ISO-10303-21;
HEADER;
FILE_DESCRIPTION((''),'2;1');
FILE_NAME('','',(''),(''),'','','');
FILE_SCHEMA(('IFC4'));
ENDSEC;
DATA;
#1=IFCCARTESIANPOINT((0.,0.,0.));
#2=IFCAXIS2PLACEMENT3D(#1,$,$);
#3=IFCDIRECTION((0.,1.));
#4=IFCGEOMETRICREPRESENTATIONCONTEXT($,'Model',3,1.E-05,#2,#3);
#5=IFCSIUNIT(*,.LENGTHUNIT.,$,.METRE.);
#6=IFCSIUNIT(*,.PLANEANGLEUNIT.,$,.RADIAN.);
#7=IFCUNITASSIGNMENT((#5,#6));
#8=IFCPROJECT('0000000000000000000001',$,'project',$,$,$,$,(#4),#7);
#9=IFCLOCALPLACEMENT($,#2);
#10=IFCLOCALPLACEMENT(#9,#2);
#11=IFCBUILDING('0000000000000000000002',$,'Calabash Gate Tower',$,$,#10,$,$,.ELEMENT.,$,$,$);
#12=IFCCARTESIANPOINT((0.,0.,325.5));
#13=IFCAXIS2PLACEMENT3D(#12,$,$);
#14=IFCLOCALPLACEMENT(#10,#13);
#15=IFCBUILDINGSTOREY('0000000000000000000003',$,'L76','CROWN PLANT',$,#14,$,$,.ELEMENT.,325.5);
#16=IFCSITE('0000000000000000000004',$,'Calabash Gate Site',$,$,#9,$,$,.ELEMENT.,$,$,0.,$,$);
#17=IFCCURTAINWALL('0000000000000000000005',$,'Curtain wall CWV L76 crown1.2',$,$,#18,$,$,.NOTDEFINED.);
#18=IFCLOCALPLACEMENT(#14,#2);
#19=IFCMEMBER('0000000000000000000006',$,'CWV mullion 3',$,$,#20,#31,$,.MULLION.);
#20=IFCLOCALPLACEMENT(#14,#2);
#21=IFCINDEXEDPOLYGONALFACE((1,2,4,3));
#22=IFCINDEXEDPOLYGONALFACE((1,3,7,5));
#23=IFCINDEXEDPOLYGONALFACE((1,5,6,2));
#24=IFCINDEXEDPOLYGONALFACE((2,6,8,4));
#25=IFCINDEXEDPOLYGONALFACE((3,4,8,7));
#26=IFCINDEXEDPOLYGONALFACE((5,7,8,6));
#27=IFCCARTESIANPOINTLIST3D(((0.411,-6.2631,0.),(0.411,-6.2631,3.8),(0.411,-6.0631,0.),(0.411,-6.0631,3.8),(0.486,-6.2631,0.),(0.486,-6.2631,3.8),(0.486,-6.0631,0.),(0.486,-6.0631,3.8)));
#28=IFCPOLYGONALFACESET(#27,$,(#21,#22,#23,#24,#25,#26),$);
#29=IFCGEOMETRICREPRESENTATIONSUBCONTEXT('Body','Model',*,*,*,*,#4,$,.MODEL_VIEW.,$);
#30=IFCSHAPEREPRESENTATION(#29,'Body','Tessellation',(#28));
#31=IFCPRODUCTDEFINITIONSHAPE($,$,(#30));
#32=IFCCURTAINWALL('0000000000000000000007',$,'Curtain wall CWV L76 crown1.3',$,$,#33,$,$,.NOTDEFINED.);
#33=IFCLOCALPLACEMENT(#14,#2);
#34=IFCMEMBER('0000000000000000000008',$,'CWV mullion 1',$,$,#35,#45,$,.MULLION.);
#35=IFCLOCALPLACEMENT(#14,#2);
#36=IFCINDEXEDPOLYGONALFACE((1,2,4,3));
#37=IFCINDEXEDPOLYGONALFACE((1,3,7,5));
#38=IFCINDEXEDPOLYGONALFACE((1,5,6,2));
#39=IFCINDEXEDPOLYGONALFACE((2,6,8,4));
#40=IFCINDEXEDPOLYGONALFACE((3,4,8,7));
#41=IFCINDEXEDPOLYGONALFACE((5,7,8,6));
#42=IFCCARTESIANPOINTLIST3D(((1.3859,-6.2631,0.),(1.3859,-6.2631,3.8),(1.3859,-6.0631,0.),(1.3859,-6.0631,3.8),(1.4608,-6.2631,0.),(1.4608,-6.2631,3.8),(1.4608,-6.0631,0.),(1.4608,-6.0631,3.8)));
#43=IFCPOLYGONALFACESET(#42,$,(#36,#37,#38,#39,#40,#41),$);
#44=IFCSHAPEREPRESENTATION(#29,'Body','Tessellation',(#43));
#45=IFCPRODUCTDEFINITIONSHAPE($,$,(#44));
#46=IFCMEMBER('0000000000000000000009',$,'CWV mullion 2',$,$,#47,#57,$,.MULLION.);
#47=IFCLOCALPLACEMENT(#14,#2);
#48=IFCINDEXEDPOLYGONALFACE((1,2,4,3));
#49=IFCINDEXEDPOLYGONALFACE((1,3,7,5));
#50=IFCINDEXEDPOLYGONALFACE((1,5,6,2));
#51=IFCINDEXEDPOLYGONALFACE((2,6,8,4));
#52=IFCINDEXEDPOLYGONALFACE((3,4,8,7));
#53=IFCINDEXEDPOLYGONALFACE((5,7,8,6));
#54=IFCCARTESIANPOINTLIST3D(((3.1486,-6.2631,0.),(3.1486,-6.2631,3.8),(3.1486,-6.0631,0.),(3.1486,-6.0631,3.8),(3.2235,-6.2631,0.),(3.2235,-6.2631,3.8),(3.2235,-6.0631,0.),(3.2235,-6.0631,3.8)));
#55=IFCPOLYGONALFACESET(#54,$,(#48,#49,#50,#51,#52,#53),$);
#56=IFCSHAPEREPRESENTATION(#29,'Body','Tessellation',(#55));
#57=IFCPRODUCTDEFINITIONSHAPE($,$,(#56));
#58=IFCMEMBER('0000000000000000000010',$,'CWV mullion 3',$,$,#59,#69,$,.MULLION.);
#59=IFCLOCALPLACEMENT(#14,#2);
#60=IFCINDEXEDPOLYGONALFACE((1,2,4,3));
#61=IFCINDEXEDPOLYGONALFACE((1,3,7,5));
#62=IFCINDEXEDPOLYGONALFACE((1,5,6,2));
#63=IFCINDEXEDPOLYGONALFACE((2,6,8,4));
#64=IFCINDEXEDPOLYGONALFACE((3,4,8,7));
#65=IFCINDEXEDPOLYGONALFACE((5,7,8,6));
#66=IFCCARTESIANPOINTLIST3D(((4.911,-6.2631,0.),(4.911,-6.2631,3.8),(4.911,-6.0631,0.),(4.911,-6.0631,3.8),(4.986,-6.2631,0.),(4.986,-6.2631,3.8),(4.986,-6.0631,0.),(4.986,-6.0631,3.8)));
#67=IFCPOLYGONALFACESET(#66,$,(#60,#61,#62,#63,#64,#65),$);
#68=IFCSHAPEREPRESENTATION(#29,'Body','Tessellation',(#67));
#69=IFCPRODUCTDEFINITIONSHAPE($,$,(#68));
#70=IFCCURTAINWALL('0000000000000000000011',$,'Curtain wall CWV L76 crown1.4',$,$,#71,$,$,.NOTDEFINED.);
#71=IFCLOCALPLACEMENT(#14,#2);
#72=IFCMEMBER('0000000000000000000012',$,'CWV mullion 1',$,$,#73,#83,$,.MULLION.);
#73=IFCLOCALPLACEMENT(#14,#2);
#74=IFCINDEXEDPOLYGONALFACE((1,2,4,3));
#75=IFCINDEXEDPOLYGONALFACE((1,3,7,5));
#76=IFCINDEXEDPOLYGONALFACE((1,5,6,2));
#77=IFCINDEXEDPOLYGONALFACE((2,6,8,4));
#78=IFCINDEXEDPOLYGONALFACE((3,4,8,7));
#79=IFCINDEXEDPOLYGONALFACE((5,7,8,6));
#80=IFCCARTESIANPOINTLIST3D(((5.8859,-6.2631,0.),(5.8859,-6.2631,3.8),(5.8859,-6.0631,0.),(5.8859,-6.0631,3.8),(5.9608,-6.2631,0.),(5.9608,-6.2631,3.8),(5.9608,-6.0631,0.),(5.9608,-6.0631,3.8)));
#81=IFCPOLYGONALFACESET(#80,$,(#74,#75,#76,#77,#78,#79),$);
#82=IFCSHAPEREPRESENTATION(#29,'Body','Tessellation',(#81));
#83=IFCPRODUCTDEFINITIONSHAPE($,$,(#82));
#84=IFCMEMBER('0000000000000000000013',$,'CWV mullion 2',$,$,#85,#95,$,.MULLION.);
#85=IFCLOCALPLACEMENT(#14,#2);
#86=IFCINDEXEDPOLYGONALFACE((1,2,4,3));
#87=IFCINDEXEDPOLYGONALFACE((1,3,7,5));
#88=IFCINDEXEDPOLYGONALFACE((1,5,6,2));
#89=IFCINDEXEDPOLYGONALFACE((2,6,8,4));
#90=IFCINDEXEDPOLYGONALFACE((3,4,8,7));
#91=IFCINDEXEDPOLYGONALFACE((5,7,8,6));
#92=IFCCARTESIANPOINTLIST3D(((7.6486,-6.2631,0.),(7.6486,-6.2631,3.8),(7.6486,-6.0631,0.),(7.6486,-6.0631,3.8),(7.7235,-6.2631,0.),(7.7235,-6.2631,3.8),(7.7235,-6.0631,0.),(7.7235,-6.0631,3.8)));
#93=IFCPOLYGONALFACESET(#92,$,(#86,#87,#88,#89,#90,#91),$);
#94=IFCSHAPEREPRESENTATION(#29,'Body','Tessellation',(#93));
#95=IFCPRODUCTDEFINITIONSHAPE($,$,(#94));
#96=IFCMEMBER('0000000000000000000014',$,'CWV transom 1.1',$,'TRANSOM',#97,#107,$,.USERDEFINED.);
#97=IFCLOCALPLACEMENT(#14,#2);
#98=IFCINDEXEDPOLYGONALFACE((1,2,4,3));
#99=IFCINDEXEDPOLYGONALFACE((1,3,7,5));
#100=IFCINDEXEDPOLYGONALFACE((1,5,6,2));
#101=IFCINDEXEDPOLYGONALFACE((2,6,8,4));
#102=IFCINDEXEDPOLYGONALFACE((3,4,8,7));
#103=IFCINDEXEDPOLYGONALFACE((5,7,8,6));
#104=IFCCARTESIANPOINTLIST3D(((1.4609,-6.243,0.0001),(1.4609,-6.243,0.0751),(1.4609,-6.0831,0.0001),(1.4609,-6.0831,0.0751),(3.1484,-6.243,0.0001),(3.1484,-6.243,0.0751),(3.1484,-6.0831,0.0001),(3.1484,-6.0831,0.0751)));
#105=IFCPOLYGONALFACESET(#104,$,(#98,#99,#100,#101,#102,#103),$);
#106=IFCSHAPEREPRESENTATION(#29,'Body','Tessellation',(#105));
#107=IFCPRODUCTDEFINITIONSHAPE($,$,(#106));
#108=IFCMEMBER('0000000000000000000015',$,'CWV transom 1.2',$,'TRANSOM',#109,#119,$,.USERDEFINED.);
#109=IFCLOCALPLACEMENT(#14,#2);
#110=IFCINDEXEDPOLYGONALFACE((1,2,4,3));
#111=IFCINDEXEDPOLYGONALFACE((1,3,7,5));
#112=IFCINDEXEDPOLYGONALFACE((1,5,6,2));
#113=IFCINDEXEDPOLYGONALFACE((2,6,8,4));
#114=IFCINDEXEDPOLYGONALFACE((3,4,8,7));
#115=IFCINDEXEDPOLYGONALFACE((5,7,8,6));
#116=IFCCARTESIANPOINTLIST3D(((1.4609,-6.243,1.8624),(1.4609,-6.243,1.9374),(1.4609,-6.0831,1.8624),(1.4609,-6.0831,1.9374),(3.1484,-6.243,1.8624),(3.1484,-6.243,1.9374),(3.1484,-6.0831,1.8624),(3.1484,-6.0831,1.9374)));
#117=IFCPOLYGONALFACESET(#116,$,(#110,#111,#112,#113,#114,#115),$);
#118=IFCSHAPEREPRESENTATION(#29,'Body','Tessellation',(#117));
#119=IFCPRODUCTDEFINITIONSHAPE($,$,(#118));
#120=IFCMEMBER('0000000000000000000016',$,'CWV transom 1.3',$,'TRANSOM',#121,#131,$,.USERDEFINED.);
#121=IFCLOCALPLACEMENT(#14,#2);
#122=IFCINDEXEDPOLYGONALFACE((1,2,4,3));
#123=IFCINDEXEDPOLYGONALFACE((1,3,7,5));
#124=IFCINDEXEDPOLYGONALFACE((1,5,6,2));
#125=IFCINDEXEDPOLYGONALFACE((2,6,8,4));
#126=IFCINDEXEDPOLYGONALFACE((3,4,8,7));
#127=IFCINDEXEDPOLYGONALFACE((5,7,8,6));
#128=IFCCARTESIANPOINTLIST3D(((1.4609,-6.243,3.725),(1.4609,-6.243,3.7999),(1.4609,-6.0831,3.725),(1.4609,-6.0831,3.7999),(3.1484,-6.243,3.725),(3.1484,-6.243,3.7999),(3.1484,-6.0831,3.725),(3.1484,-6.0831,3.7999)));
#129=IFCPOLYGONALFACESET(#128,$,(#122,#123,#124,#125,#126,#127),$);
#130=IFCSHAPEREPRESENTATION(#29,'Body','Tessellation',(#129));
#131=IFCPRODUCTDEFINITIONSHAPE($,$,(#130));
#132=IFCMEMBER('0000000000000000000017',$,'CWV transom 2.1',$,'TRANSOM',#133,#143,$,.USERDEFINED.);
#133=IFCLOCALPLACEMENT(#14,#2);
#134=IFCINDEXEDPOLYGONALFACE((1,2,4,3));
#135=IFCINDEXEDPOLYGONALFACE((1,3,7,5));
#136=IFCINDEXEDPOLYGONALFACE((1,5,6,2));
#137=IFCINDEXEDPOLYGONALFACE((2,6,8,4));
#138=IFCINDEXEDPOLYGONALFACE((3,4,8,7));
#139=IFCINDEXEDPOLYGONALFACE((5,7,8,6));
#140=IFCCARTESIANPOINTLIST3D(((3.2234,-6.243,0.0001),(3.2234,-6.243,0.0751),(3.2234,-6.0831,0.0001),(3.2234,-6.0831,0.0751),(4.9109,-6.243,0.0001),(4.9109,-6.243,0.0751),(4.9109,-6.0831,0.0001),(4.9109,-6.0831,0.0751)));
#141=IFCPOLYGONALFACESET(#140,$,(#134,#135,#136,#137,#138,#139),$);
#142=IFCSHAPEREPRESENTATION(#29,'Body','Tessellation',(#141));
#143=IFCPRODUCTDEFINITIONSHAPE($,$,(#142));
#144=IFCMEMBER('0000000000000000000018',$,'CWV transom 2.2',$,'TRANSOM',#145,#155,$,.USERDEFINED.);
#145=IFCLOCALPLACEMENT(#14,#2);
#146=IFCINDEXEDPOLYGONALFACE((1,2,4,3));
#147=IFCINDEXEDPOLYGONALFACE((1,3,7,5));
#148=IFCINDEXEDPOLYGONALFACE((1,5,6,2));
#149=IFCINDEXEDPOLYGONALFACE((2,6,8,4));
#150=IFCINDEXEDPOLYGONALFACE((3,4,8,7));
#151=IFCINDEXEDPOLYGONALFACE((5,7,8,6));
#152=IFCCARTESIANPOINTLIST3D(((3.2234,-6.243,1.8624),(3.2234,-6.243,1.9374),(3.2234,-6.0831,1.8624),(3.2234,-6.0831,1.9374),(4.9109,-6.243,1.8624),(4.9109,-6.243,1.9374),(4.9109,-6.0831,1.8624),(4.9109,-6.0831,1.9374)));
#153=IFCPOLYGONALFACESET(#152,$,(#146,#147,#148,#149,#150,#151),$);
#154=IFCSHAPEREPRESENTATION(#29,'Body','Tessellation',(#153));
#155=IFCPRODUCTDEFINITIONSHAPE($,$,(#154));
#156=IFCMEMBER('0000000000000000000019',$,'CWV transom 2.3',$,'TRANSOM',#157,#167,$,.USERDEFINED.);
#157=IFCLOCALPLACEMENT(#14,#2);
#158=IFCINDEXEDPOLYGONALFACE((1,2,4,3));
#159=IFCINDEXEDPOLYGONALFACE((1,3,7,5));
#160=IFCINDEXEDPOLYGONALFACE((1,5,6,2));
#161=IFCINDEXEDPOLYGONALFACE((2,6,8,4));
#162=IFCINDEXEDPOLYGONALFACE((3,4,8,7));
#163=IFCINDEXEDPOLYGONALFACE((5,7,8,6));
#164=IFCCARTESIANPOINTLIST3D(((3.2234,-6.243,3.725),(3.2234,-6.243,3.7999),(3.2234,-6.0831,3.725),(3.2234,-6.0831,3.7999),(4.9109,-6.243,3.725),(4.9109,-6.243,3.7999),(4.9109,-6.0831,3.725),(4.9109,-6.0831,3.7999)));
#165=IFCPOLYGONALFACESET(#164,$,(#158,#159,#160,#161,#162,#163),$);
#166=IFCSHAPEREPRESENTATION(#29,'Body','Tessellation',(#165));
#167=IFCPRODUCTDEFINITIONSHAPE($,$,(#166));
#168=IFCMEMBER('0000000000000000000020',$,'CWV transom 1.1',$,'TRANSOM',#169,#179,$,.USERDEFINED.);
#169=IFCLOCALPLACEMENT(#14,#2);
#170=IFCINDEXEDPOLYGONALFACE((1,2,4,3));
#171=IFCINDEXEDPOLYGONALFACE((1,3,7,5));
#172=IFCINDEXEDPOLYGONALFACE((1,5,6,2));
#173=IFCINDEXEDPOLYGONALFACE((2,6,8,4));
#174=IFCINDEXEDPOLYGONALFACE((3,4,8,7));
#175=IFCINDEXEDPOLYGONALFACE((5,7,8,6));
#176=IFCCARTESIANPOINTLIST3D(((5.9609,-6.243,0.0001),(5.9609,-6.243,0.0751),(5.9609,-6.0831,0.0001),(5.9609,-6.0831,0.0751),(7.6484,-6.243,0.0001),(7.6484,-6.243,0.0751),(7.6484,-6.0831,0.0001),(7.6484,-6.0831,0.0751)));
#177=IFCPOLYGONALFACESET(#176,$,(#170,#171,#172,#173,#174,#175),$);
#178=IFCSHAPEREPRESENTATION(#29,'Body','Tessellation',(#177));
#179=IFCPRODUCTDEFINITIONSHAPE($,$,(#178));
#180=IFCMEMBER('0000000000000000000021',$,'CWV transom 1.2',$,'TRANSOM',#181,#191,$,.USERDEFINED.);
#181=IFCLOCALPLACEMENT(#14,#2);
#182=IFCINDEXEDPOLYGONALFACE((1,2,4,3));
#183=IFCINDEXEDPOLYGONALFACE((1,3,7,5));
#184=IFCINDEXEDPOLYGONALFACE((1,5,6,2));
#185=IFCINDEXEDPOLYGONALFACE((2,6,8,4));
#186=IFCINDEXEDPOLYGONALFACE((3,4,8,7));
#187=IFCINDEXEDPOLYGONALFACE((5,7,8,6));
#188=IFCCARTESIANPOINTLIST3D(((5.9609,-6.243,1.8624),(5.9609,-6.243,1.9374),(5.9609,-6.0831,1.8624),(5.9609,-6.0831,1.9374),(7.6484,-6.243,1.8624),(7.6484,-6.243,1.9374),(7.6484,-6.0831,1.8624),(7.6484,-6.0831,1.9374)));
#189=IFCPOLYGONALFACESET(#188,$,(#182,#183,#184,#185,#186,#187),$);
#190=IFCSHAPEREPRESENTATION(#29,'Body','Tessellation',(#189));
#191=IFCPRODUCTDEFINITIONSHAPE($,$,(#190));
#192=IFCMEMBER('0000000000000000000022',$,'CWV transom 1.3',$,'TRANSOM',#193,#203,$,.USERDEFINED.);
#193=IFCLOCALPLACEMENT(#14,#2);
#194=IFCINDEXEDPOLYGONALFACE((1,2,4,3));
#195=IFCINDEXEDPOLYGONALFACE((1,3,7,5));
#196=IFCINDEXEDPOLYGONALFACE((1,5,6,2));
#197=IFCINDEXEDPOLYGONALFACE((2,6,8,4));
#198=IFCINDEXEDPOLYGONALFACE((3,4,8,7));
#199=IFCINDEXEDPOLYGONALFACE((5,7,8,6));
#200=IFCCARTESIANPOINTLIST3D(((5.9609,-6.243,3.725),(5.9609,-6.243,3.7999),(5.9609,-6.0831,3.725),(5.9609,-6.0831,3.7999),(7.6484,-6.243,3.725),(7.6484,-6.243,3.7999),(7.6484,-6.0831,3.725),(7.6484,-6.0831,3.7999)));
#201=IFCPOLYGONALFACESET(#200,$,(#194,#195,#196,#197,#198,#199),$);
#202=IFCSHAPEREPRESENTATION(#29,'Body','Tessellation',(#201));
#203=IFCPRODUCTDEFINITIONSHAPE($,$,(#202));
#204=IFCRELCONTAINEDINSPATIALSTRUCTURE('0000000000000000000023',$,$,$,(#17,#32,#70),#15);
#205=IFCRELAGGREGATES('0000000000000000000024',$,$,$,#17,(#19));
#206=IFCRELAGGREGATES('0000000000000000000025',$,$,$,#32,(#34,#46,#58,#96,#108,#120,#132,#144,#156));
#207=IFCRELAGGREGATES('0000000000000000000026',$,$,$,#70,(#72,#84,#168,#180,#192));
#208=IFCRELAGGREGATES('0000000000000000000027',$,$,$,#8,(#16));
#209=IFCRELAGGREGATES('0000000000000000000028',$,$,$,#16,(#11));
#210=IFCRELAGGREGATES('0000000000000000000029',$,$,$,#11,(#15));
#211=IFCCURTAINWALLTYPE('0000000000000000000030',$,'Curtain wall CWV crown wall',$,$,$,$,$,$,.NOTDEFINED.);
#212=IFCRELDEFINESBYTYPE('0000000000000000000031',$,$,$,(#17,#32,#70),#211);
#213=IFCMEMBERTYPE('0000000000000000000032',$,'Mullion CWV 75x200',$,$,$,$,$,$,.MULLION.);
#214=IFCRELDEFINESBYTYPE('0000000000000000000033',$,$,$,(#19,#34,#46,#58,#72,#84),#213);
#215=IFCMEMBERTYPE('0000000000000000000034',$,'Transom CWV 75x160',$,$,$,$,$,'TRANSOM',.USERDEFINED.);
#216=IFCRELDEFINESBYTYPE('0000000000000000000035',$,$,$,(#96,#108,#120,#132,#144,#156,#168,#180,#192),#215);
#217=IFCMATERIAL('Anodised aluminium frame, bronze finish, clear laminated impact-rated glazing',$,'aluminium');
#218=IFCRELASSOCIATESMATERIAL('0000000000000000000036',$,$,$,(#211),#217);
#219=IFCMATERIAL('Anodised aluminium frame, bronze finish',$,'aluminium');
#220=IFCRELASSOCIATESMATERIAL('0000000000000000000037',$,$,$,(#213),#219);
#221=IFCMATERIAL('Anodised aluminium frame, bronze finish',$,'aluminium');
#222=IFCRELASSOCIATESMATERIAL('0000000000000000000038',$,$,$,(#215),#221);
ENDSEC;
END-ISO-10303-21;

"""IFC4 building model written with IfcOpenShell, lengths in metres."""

from ifc_helpers import new_model, si_unit, direction, frame, origin, origin_2d, place, context, subcontext, project, spatial, rectangle, extrude, material, material_profile, profile_set, type_object, element, aggregate, save


model = new_model("IFC4")

# Units and contexts
model_context = context("Model", 3, precision=1e-05, world=origin(), true_north=direction((0.0, 1.0)))
body_context = subcontext(model_context, "Body", "Model", "MODEL_VIEW")
ifc_project = project(units=[si_unit("LENGTHUNIT", "METRE"), si_unit("PLANEANGLEUNIT", "RADIAN")], contexts=[model_context])

# Site, building, storey
site_placement = place(None, origin())
site = spatial("IfcSite", under=ifc_project, at=site_placement, Name="Calabash Gate Site", CompositionType="ELEMENT", RefElevation=0.0)
building_placement = place(site_placement, origin())
building = spatial("IfcBuilding", under=site, at=building_placement, Name="Calabash Gate Tower", CompositionType="ELEMENT")
storey_placement = place(building_placement, frame((0.0, 0.0, 325.5)))
storey = spatial("IfcBuildingStorey", under=building, at=storey_placement, Name="L76", Description="CROWN PLANT", CompositionType="ELEMENT", Elevation=325.5)

# Curtain wall, member
ifc_material_1 = material(Name="Anodised aluminium frame, bronze finish, clear laminated impact-rated glazing", Category="aluminium")
curtain_wall_type = type_object("IfcCurtainWallType", Name="Curtain wall CWV crown wall", PredefinedType="NOTDEFINED", material=ifc_material_1)
curtain_wall_1_placement = place(storey_placement, origin())
curtain_wall_1 = element("IfcCurtainWall", 1, at=curtain_wall_1_placement, inside=storey, type_object=curtain_wall_type, Name="Curtain wall CWV L76 crown1.2", PredefinedType="NOTDEFINED")
ifc_material_2 = material(Name="Anodised aluminium frame, bronze finish", Category="aluminium")
ifc_material_profile_1 = material_profile(ifc_material_2, rectangle(XDim=0.2, YDim=0.075, at=origin_2d()))
ifc_profile_set_1 = profile_set([ifc_material_profile_1], Name="Anodised aluminium frame, bronze finish")
member_type_1 = type_object("IfcMemberType", Name="Mullion CWV 75x200", PredefinedType="MULLION", material=ifc_profile_set_1)
member_1_placement = place(storey_placement, frame((0.4485, -6.1631, 0.0), z_axis=(0.0, 0.0, 1.0), x_axis=(0.0, 1.0, 0.0)))
member_1 = element("IfcMember", 2, at=member_1_placement, type_object=member_type_1, Name="CWV mullion 3", PredefinedType="MULLION", context=body_context, shape_type="SweptSolid", body=[
    extrude(rectangle(XDim=0.2, YDim=0.075, at=origin_2d()), origin(), (0.0, 0.0, 1.0), 3.8),
])
aggregate(curtain_wall_1, [member_1])

# Curtain walls, members
curtain_wall_2_placement = place(storey_placement, origin())
curtain_wall_2 = element("IfcCurtainWall", 3, at=curtain_wall_2_placement, inside=storey, type_object=curtain_wall_type, Name="Curtain wall CWV L76 crown1.3", PredefinedType="NOTDEFINED")
member_2_placement = place(storey_placement, frame((1.4233, -6.1631, 0.0), z_axis=(0.0, 0.0, 1.0), x_axis=(0.0, 1.0, 0.0)))
member_2 = element("IfcMember", 4, at=member_2_placement, type_object=member_type_1, Name="CWV mullion 1", PredefinedType="MULLION", context=body_context, shape_type="SweptSolid", body=[
    extrude(rectangle(XDim=0.2, YDim=0.075, at=origin_2d()), origin(), (0.0, 0.0, 1.0), 3.8),
])
member_3_placement = place(storey_placement, frame((3.186, -6.1631, 0.0), z_axis=(0.0, 0.0, 1.0), x_axis=(0.0, 1.0, 0.0)))
member_3 = element("IfcMember", 5, at=member_3_placement, type_object=member_type_1, Name="CWV mullion 2", PredefinedType="MULLION", context=body_context, shape_type="SweptSolid", body=[
    extrude(rectangle(XDim=0.2, YDim=0.075, at=origin_2d()), origin(), (0.0, 0.0, 1.0), 3.8),
])
member_4_placement = place(storey_placement, frame((4.9485, -6.1631, 0.0), z_axis=(0.0, 0.0, 1.0), x_axis=(0.0, 1.0, 0.0)))
member_4 = element("IfcMember", 6, at=member_4_placement, type_object=member_type_1, Name="CWV mullion 3", PredefinedType="MULLION", context=body_context, shape_type="SweptSolid", body=[
    extrude(rectangle(XDim=0.2, YDim=0.075, at=origin_2d()), origin(), (0.0, 0.0, 1.0), 3.8),
])
curtain_wall_3_placement = place(storey_placement, origin())
curtain_wall_3 = element("IfcCurtainWall", 7, at=curtain_wall_3_placement, inside=storey, type_object=curtain_wall_type, Name="Curtain wall CWV L76 crown1.4", PredefinedType="NOTDEFINED")
member_5_placement = place(storey_placement, frame((5.9233, -6.1631, 0.0), z_axis=(0.0, 0.0, 1.0), x_axis=(0.0, 1.0, 0.0)))
member_5 = element("IfcMember", 8, at=member_5_placement, type_object=member_type_1, Name="CWV mullion 1", PredefinedType="MULLION", context=body_context, shape_type="SweptSolid", body=[
    extrude(rectangle(XDim=0.2, YDim=0.075, at=origin_2d()), origin(), (0.0, 0.0, 1.0), 3.8),
])
member_6_placement = place(storey_placement, frame((7.686, -6.1631, 0.0), z_axis=(0.0, 0.0, 1.0), x_axis=(0.0, 1.0, 0.0)))
member_6 = element("IfcMember", 9, at=member_6_placement, type_object=member_type_1, Name="CWV mullion 2", PredefinedType="MULLION", context=body_context, shape_type="SweptSolid", body=[
    extrude(rectangle(XDim=0.2, YDim=0.075, at=origin_2d()), origin(), (0.0, 0.0, 1.0), 3.8),
])

# Members
ifc_material_3 = material(Name="Anodised aluminium frame, bronze finish", Category="aluminium")
ifc_material_profile_2 = material_profile(ifc_material_3, rectangle(XDim=0.1599, YDim=0.075, at=origin_2d()))
ifc_profile_set_2 = profile_set([ifc_material_profile_2], Name="Anodised aluminium frame, bronze finish")
member_type_2 = type_object("IfcMemberType", Name="Transom CWV 75x160", ElementType="TRANSOM", PredefinedType="USERDEFINED", material=ifc_profile_set_2)
member_7_placement = place(storey_placement, frame((1.4609, -6.1631, 0.0376), z_axis=(1.0, 0.0, 0.0), x_axis=(0.0, 1.0, 0.0)))
member_7 = element("IfcMember", 10, at=member_7_placement, type_object=member_type_2, Name="CWV transom 1.1", ObjectType="TRANSOM", PredefinedType="USERDEFINED", context=body_context, shape_type="SweptSolid", body=[
    extrude(rectangle(XDim=0.1599, YDim=0.075, at=origin_2d()), origin(), (0.0, 0.0, 1.0), 1.6875),
])
member_8_placement = place(storey_placement, frame((1.4609, -6.1631, 1.8999), z_axis=(1.0, 0.0, 0.0), x_axis=(0.0, 1.0, 0.0)))
member_8 = element("IfcMember", 11, at=member_8_placement, type_object=member_type_2, Name="CWV transom 1.2", ObjectType="TRANSOM", PredefinedType="USERDEFINED", context=body_context, shape_type="SweptSolid", body=[
    extrude(rectangle(XDim=0.1599, YDim=0.075, at=origin_2d()), origin(), (0.0, 0.0, 1.0), 1.6875),
])
member_9_placement = place(storey_placement, frame((1.4609, -6.1631, 3.7625), z_axis=(1.0, 0.0, 0.0), x_axis=(0.0, 1.0, 0.0)))
member_9 = element("IfcMember", 12, at=member_9_placement, type_object=member_type_2, Name="CWV transom 1.3", ObjectType="TRANSOM", PredefinedType="USERDEFINED", context=body_context, shape_type="SweptSolid", body=[
    extrude(rectangle(XDim=0.1599, YDim=0.075, at=origin_2d()), origin(), (0.0, 0.0, 1.0), 1.6875),
])
member_10_placement = place(storey_placement, frame((3.2234, -6.1631, 0.0376), z_axis=(1.0, 0.0, 0.0), x_axis=(0.0, 1.0, 0.0)))
member_10 = element("IfcMember", 13, at=member_10_placement, type_object=member_type_2, Name="CWV transom 2.1", ObjectType="TRANSOM", PredefinedType="USERDEFINED", context=body_context, shape_type="SweptSolid", body=[
    extrude(rectangle(XDim=0.1599, YDim=0.075, at=origin_2d()), origin(), (0.0, 0.0, 1.0), 1.6875),
])
member_11_placement = place(storey_placement, frame((3.2234, -6.1631, 1.8999), z_axis=(1.0, 0.0, 0.0), x_axis=(0.0, 1.0, 0.0)))
member_11 = element("IfcMember", 14, at=member_11_placement, type_object=member_type_2, Name="CWV transom 2.2", ObjectType="TRANSOM", PredefinedType="USERDEFINED", context=body_context, shape_type="SweptSolid", body=[
    extrude(rectangle(XDim=0.1599, YDim=0.075, at=origin_2d()), origin(), (0.0, 0.0, 1.0), 1.6875),
])
member_12_placement = place(storey_placement, frame((3.2234, -6.1631, 3.7625), z_axis=(1.0, 0.0, 0.0), x_axis=(0.0, 1.0, 0.0)))
member_12 = element("IfcMember", 15, at=member_12_placement, type_object=member_type_2, Name="CWV transom 2.3", ObjectType="TRANSOM", PredefinedType="USERDEFINED", context=body_context, shape_type="SweptSolid", body=[
    extrude(rectangle(XDim=0.1599, YDim=0.075, at=origin_2d()), origin(), (0.0, 0.0, 1.0), 1.6875),
])
member_13_placement = place(storey_placement, frame((5.9609, -6.1631, 0.0376), z_axis=(1.0, 0.0, 0.0), x_axis=(0.0, 1.0, 0.0)))
member_13 = element("IfcMember", 16, at=member_13_placement, type_object=member_type_2, Name="CWV transom 1.1", ObjectType="TRANSOM", PredefinedType="USERDEFINED", context=body_context, shape_type="SweptSolid", body=[
    extrude(rectangle(XDim=0.1599, YDim=0.075, at=origin_2d()), origin(), (0.0, 0.0, 1.0), 1.6875),
])
member_14_placement = place(storey_placement, frame((5.9609, -6.1631, 1.8999), z_axis=(1.0, 0.0, 0.0), x_axis=(0.0, 1.0, 0.0)))
member_14 = element("IfcMember", 17, at=member_14_placement, type_object=member_type_2, Name="CWV transom 1.2", ObjectType="TRANSOM", PredefinedType="USERDEFINED", context=body_context, shape_type="SweptSolid", body=[
    extrude(rectangle(XDim=0.1599, YDim=0.075, at=origin_2d()), origin(), (0.0, 0.0, 1.0), 1.6875),
])
member_15_placement = place(storey_placement, frame((5.9609, -6.1631, 3.7625), z_axis=(1.0, 0.0, 0.0), x_axis=(0.0, 1.0, 0.0)))
member_15 = element("IfcMember", 18, at=member_15_placement, type_object=member_type_2, Name="CWV transom 1.3", ObjectType="TRANSOM", PredefinedType="USERDEFINED", context=body_context, shape_type="SweptSolid", body=[
    extrude(rectangle(XDim=0.1599, YDim=0.075, at=origin_2d()), origin(), (0.0, 0.0, 1.0), 1.6875),
])

aggregate(curtain_wall_2, [member_2, member_3, member_4, member_7, member_8, member_9, member_10, member_11, member_12])
aggregate(curtain_wall_3, [member_5, member_6, member_13, member_14, member_15])

save(model, "model.ifc")
